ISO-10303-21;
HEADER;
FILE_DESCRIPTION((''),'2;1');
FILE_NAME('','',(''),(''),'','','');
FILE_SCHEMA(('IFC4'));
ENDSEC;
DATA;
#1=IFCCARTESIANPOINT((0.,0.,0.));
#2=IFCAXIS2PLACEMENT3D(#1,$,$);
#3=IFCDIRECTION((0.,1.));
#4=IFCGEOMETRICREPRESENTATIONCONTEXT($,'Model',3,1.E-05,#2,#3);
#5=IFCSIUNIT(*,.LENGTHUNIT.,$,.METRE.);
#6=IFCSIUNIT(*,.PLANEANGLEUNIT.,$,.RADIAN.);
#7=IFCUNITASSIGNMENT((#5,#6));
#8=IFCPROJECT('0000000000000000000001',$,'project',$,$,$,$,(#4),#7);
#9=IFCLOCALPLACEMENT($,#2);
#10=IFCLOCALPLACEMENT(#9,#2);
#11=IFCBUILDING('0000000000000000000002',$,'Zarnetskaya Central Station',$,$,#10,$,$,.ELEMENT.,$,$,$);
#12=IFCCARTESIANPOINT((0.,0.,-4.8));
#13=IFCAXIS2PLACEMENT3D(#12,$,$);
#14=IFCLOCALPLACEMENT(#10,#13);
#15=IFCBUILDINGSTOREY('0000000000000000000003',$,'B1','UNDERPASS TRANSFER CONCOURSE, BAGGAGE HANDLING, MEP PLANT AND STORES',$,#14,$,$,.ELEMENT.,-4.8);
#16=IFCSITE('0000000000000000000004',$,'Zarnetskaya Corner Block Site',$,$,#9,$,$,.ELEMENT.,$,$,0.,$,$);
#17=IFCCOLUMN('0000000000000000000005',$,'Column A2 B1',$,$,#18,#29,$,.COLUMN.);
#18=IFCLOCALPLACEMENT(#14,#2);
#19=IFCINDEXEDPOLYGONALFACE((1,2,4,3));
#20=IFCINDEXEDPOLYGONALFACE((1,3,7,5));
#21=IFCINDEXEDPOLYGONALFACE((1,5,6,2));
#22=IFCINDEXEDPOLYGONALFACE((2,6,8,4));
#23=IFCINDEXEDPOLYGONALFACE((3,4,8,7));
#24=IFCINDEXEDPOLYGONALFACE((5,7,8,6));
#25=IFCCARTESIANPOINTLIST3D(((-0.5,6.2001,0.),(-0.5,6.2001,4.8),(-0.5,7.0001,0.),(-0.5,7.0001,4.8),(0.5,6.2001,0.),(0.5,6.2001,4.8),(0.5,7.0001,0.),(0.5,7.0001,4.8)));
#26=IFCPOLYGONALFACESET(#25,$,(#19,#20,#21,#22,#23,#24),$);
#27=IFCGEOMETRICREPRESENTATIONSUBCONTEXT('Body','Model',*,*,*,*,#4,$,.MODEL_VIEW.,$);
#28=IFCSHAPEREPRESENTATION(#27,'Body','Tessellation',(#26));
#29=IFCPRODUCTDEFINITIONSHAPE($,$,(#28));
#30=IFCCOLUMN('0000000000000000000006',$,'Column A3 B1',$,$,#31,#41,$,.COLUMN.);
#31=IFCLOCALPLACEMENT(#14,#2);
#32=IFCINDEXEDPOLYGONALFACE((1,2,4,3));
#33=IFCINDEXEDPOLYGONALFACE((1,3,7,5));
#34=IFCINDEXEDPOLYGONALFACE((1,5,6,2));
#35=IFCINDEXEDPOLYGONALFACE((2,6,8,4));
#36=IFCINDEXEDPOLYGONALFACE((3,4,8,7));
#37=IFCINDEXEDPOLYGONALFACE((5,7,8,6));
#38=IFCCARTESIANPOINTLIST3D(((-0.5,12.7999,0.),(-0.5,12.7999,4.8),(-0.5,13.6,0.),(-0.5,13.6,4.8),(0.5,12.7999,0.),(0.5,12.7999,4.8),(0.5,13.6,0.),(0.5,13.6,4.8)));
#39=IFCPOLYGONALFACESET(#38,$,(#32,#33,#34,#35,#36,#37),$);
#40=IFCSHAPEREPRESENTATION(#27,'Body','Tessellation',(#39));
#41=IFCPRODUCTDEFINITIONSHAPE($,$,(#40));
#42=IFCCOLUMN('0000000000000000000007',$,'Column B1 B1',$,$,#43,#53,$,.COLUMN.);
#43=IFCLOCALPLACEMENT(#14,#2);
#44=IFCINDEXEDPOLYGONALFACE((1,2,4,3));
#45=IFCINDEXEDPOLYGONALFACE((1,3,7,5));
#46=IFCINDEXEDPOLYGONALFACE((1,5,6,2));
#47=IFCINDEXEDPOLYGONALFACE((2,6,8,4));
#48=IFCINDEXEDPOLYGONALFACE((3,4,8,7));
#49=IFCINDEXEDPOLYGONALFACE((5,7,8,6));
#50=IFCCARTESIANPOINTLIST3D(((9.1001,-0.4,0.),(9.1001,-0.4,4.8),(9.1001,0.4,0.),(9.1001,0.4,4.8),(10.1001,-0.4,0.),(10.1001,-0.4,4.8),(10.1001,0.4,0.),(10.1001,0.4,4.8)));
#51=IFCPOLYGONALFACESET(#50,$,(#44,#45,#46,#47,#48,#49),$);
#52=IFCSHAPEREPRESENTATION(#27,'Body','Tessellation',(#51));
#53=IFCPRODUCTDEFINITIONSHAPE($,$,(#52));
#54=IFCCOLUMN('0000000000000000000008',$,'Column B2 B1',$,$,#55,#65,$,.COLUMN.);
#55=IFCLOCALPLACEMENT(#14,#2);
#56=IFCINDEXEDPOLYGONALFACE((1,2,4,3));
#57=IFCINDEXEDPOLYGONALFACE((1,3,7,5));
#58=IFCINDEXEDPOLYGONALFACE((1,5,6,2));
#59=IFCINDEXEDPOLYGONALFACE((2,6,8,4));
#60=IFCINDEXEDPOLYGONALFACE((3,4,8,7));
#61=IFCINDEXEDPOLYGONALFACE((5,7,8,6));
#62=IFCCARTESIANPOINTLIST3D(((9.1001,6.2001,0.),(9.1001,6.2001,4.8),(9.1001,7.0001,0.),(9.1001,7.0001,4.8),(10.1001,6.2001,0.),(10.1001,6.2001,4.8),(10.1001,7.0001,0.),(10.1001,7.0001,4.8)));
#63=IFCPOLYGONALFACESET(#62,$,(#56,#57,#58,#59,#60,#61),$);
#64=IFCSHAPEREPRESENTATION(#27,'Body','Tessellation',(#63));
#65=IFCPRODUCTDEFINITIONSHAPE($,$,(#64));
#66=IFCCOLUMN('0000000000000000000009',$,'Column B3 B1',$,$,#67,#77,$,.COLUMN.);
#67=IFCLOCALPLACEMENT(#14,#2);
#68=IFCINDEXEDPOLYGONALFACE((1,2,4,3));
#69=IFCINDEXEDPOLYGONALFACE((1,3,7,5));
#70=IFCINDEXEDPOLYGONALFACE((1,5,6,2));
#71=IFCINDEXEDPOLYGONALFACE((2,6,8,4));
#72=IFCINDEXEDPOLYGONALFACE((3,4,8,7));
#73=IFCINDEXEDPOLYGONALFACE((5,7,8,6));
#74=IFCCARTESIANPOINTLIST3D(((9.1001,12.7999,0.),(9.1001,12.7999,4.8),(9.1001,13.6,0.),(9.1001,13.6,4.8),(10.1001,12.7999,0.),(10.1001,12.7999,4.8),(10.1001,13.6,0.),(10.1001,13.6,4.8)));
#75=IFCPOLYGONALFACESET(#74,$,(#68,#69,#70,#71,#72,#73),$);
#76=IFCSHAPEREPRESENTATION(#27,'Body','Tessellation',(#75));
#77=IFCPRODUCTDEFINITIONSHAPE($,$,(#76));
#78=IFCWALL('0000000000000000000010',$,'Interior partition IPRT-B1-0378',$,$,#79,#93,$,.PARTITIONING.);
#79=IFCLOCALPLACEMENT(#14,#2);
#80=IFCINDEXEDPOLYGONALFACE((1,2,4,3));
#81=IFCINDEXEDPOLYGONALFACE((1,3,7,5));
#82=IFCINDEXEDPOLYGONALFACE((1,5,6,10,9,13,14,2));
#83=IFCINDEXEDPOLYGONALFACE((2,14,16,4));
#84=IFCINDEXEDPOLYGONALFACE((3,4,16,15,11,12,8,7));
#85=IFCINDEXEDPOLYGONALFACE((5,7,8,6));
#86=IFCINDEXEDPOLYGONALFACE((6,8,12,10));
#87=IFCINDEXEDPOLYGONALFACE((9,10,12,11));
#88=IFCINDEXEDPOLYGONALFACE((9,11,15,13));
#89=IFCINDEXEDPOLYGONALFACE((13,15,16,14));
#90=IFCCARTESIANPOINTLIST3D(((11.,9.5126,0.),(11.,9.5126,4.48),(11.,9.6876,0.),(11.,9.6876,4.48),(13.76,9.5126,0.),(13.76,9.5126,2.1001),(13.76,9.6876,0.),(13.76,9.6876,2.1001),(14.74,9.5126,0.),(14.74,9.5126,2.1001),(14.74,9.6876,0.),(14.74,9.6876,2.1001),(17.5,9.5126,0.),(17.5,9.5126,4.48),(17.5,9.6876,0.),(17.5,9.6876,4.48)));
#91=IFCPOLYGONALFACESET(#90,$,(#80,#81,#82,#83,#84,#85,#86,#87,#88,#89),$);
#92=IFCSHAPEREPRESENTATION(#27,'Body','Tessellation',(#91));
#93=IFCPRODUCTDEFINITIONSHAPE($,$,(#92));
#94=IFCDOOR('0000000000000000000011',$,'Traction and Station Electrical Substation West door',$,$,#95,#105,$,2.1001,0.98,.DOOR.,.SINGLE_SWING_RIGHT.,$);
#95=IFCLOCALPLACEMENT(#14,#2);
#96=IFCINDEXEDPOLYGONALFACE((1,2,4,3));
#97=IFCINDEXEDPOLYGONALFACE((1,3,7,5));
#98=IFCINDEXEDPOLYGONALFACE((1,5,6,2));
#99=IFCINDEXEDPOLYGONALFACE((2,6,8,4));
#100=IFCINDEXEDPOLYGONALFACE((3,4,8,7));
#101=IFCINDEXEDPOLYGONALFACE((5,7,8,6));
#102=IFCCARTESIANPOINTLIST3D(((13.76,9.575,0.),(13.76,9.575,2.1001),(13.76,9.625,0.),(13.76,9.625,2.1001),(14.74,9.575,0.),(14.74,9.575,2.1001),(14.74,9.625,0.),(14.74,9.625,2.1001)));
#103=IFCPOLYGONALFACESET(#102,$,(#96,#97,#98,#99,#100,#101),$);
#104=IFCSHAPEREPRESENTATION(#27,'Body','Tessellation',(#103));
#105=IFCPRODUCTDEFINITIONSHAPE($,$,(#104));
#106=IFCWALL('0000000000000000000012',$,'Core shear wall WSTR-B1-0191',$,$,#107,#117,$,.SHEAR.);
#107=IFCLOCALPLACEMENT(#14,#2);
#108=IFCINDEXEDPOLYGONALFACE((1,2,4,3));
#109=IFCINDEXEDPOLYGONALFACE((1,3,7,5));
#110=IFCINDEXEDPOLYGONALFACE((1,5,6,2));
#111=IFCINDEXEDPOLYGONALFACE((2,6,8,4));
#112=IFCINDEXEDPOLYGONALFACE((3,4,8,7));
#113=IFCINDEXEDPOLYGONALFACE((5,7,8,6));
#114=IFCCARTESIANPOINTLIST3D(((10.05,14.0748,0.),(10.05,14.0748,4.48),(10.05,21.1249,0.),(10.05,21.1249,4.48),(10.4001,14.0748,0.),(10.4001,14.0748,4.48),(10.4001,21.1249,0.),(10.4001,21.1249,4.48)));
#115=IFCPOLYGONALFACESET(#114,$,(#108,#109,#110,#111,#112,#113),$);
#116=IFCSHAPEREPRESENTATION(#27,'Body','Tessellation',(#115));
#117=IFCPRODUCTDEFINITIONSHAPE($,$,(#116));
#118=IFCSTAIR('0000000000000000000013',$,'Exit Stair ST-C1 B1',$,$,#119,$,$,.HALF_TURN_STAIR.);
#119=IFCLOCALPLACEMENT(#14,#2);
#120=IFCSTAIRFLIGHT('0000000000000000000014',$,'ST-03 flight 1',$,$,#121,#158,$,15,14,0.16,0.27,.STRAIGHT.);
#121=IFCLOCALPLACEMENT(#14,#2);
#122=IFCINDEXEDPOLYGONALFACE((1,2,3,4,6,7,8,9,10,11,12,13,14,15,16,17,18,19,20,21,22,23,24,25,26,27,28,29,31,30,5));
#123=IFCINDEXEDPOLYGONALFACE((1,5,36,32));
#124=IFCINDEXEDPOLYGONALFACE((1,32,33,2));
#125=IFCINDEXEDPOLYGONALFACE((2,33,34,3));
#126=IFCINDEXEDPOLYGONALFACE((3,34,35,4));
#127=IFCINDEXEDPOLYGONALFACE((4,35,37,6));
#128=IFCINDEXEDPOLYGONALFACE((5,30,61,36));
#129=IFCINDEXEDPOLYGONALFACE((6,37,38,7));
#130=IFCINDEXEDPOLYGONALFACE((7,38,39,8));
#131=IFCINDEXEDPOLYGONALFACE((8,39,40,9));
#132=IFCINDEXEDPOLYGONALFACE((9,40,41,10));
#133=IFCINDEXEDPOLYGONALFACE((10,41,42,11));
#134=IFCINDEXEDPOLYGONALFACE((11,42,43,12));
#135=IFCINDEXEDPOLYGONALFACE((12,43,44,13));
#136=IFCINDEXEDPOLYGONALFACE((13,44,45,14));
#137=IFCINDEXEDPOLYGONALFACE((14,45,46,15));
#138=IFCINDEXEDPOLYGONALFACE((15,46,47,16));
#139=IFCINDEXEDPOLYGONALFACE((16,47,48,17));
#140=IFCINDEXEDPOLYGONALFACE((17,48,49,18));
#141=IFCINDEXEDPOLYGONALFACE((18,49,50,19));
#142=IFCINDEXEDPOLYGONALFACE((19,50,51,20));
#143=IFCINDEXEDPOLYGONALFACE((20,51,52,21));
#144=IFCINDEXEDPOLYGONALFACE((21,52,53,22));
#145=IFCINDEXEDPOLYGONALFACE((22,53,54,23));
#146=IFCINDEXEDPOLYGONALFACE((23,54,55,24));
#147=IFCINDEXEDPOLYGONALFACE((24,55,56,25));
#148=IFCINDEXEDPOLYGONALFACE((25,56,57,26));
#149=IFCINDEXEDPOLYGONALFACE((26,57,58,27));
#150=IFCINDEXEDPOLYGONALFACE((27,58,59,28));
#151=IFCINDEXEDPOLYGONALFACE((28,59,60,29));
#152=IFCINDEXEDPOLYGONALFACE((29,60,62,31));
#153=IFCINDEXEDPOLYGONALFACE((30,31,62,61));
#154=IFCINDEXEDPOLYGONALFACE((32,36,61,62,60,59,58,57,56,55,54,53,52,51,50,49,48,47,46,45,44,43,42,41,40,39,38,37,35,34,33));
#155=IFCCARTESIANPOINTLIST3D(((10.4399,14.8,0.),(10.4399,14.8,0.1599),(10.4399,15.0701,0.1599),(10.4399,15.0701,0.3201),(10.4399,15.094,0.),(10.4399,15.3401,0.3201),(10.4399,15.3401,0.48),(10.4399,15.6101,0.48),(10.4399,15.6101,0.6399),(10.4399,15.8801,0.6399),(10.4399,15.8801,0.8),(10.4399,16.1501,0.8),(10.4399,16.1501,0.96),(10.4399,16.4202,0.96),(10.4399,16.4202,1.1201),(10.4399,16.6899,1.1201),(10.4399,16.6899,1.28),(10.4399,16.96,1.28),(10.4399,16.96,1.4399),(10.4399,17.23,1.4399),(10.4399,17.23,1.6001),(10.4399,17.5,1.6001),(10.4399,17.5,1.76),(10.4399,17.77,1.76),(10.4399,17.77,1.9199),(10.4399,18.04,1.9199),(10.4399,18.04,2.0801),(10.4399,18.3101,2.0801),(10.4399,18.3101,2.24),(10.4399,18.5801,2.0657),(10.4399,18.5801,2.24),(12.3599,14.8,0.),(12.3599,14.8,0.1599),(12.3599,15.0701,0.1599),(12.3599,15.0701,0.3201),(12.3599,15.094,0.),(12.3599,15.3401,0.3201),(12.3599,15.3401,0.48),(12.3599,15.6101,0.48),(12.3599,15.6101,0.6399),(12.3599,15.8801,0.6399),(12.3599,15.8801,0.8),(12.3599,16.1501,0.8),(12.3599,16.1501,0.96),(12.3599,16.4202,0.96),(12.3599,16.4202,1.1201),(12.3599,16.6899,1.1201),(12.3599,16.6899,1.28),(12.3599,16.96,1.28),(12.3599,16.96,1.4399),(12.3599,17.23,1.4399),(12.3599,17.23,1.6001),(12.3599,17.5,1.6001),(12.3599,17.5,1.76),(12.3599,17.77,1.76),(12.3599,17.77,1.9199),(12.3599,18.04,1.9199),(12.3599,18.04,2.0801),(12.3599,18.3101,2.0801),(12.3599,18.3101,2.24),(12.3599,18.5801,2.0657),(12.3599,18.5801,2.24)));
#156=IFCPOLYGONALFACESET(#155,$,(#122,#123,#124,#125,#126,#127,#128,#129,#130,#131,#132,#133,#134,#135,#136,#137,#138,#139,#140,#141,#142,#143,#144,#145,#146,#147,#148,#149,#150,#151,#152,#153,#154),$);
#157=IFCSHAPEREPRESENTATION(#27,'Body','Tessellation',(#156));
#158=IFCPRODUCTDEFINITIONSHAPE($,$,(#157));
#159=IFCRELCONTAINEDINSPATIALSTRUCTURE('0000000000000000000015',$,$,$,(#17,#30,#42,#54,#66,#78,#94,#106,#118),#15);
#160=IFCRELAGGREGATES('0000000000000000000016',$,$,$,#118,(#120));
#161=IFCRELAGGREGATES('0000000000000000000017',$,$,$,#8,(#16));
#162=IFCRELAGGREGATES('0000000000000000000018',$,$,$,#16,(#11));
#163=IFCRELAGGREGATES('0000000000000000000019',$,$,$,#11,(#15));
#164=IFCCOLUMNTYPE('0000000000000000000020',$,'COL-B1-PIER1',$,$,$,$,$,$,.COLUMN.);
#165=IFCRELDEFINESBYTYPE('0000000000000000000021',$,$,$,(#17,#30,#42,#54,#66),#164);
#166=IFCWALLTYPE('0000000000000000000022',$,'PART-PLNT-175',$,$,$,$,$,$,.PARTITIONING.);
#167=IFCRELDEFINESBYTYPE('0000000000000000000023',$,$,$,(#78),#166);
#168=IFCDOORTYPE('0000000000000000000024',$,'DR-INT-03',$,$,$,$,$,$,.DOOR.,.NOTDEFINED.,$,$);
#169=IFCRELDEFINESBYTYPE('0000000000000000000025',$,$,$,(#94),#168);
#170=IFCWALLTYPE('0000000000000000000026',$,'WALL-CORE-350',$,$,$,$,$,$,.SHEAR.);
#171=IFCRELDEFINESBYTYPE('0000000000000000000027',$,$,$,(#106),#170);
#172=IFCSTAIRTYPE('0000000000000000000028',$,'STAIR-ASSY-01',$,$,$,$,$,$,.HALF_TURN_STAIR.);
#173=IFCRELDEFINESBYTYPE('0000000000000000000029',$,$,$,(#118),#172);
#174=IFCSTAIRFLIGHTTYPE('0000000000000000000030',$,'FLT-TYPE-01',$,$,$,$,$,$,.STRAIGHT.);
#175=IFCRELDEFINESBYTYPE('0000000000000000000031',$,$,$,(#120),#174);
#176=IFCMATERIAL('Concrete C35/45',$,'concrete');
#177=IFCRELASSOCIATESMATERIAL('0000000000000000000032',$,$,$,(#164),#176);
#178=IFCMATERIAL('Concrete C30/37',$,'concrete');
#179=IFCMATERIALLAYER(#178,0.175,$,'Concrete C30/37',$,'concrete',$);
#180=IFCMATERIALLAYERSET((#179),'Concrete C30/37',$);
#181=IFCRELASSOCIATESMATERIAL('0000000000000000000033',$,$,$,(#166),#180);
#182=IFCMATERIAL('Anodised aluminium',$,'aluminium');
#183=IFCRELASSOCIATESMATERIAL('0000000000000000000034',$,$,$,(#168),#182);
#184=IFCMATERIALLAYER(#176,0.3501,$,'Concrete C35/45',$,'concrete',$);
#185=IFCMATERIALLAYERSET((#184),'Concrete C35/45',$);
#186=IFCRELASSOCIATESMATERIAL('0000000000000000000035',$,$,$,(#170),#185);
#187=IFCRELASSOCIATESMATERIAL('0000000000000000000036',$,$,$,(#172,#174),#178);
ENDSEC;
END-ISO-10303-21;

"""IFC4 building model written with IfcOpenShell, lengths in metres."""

from ifc_helpers import new_model, si_unit, direction, frame, frame_2d, origin, origin_2d, place, context, subcontext, project, spatial, polyline, rectangle, outline, extrude, material, layer, layer_set, material_profile, profile_set, type_object, element, fill, aggregate, save


model = new_model("IFC4")

# Units and contexts
model_context = context("Model", 3, precision=1e-05, world=origin(), true_north=direction((0.0, 1.0)))
body_context = subcontext(model_context, "Body", "Model", "MODEL_VIEW")
ifc_project = project(units=[si_unit("LENGTHUNIT", "METRE"), si_unit("PLANEANGLEUNIT", "RADIAN")], contexts=[model_context])

# Site, building, storey
site_placement = place(None, origin())
site = spatial("IfcSite", under=ifc_project, at=site_placement, Name="Zarnetskaya Corner Block Site", CompositionType="ELEMENT", RefElevation=0.0)
building_placement = place(site_placement, origin())
building = spatial("IfcBuilding", under=site, at=building_placement, Name="Zarnetskaya Central Station", CompositionType="ELEMENT")
storey_placement = place(building_placement, frame((0.0, 0.0, -4.8)))
storey = spatial("IfcBuildingStorey", under=building, at=storey_placement, Name="B1", Description="UNDERPASS TRANSFER CONCOURSE, BAGGAGE HANDLING, MEP PLANT AND STORES", CompositionType="ELEMENT", Elevation=-4.8)

# Shared definitions
ifc_material_1 = material(Name="Concrete C35/45", Category="concrete")

# Columns
ifc_material_profile_1 = material_profile(ifc_material_1, rectangle(XDim=1.0, YDim=0.8, at=origin_2d()), Name="RC PIER 1000x800")
ifc_profile_set_1 = profile_set([ifc_material_profile_1], Name="Concrete C35/45")
column_type = type_object("IfcColumnType", Name="COL-B1-PIER1", PredefinedType="COLUMN", material=ifc_profile_set_1)
for number, where, z_axis, x_axis, name in (
    (1, (0.0, 6.6001, 0.0), (0.0, 0.0, 1.0), (1.0, 0.0, 0.0), "Column A2 B1"),
    (2, (0.0, 13.2, 0.0), (0.0, 0.0, 1.0), (1.0, 0.0, 0.0), "Column A3 B1"),
    (3, (9.6001, 0.0, 0.0), (0.0, 0.0, 1.0), (1.0, 0.0, 0.0), "Column B1 B1"),
    (4, (9.6001, 6.6001, 0.0), (0.0, 0.0, 1.0), (1.0, 0.0, 0.0), "Column B2 B1"),
    (5, (9.6001, 13.2, 0.0), (0.0, 0.0, 1.0), (1.0, 0.0, 0.0), "Column B3 B1"),
):
    element("IfcColumn", number, at=place(storey_placement, frame(where, z_axis=z_axis, x_axis=x_axis)), inside=storey, type_object=column_type, Name=name, PredefinedType="COLUMN", context=body_context, shape_type="SweptSolid", body=[
        extrude(rectangle(XDim=1.0, YDim=0.8, at=origin_2d()), origin(), (0.0, 0.0, 1.0), 4.8),
    ])

# Wall, opening, door
ifc_material_2 = material(Name="Concrete C30/37", Category="concrete")
ifc_layer_1 = layer(ifc_material_2, 0.175, Name="Concrete C30/37", Category="concrete")
ifc_layer_set_1 = layer_set([ifc_layer_1], Name="Concrete C30/37")
wall_type_1 = type_object("IfcWallType", Name="PART-PLNT-175", PredefinedType="PARTITIONING", material=ifc_layer_set_1)
wall_1_placement = place(storey_placement, frame((11.0, 9.6001, 0.0), z_axis=(0.0, 0.0, 1.0), x_axis=(1.0, 0.0, 0.0)))
wall_1 = element("IfcWall", 6, at=wall_1_placement, inside=storey, type_object=wall_type_1, Name="Interior partition IPRT-B1-0378", PredefinedType="PARTITIONING", context=body_context, shape_type="SweptSolid", body=[
    extrude(rectangle(XDim=6.5, YDim=0.175, at=frame_2d((3.25, 0.0))), origin(), (0.0, 0.0, 1.0), 4.48),
])
opening_placement = place(wall_1_placement, frame((2.76, 0.0, 0.0)))
opening = element("IfcOpeningElement", 7, at=opening_placement, cuts=wall_1, PredefinedType="OPENING", context=body_context, shape_type="SweptSolid", body=[
    extrude(rectangle(XDim=0.98, YDim=2.1001, at=frame_2d((0.49, 1.05))), frame((0.0, 0.0977, 0.0), z_axis=(0.0, -1.0, 0.0), x_axis=(1.0, 0.0, 0.0)), (0.0, 0.0, 1.0), 0.1951),
])
ifc_material_3 = material(Name="Anodised aluminium", Category="aluminium")
door_type = type_object("IfcDoorType", Name="DR-INT-03", OperationType="NOTDEFINED", PredefinedType="DOOR", material=ifc_material_3)
door_placement = place(opening_placement, origin())
door = element("IfcDoor", 8, at=door_placement, inside=storey, type_object=door_type, Name="Traction and Station Electrical Substation West door", OperationType="SINGLE_SWING_RIGHT", OverallHeight=2.1001, OverallWidth=0.98, PredefinedType="DOOR", context=body_context, shape_type="SweptSolid", body=[
    extrude(rectangle(XDim=0.98, YDim=2.1001, at=frame_2d((0.49, 1.05))), frame((0.0, 0.0249, 0.0), z_axis=(0.0, -1.0, 0.0), x_axis=(1.0, 0.0, 0.0)), (0.0, 0.0, 1.0), 0.05),
])
fill(opening, door)

# Wall
ifc_layer_2 = layer(ifc_material_1, 0.3501, Name="Concrete C35/45", Category="concrete")
ifc_layer_set_2 = layer_set([ifc_layer_2], Name="Concrete C35/45")
wall_type_2 = type_object("IfcWallType", Name="WALL-CORE-350", PredefinedType="SHEAR", material=ifc_layer_set_2)
wall_2_placement = place(storey_placement, frame((10.2251, 14.075, 0.0), z_axis=(0.0, 0.0, 1.0), x_axis=(0.0, 1.0, 0.0)))
element("IfcWall", 9, at=wall_2_placement, inside=storey, type_object=wall_type_2, Name="Core shear wall WSTR-B1-0191", PredefinedType="SHEAR", context=body_context, shape_type="SweptSolid", body=[
    extrude(rectangle(XDim=7.05, YDim=0.3501, at=frame_2d((3.5249, 0.0))), origin(), (0.0, 0.0, 1.0), 4.48),
])

# Stair, stair flight
stair_type = type_object("IfcStairType", Name="STAIR-ASSY-01", PredefinedType="HALF_TURN_STAIR", material=ifc_material_2)
stair_placement = place(storey_placement, origin())
stair = element("IfcStair", 10, at=stair_placement, inside=storey, type_object=stair_type, Name="Exit Stair ST-C1 B1", PredefinedType="HALF_TURN_STAIR")
stair_flight_type = type_object("IfcStairFlightType", Name="FLT-TYPE-01", PredefinedType="STRAIGHT", material=ifc_material_2)
stair_flight_placement = place(storey_placement, frame((11.3999, 14.8, 0.0), z_axis=(0.0, 0.0, 1.0), x_axis=(0.0, 1.0, 0.0)))
stair_flight = element("IfcStairFlight", 11, at=stair_flight_placement, type_object=stair_flight_type, Name="ST-03 flight 1", NumberOfRisers=15, NumberOfTreads=14, PredefinedType="STRAIGHT", RiserHeight=0.16, TreadLength=0.27, context=body_context, shape_type="SweptSolid", body=[
    extrude(outline(polyline([(0.0, 0.0), (0.0, 0.1599), (0.27, 0.1599), (0.27, 0.3201), (0.54, 0.3201), (0.54, 0.48), (0.8101, 0.48), (0.8101, 0.6399), (1.0801, 0.6399), (1.0801, 0.8), (1.3501, 0.8), (1.3501, 0.96), (1.6201, 0.96), (1.6201, 1.1201), (1.8899, 1.1201), (1.8899, 1.28), (2.1599, 1.28), (2.1599, 1.4399), (2.4299, 1.4399), (2.4299, 1.6001), (2.7, 1.6001), (2.7, 1.76), (2.97, 1.76), (2.97, 1.9199), (3.24, 1.9199), (3.24, 2.0801), (3.51, 2.0801), (3.51, 2.24), (3.78, 2.24), (3.78, 2.3999), (3.78, 2.0657), (0.2939, 0.0), (0.0, 0.0)])), frame((0.0, 0.96, 0.0), z_axis=(0.0, -1.0, 0.0), x_axis=(1.0, 0.0, 0.0)), (0.0, 0.0, 1.0), 1.9199),
])
aggregate(stair, [stair_flight])

save(model, "model.ifc")
